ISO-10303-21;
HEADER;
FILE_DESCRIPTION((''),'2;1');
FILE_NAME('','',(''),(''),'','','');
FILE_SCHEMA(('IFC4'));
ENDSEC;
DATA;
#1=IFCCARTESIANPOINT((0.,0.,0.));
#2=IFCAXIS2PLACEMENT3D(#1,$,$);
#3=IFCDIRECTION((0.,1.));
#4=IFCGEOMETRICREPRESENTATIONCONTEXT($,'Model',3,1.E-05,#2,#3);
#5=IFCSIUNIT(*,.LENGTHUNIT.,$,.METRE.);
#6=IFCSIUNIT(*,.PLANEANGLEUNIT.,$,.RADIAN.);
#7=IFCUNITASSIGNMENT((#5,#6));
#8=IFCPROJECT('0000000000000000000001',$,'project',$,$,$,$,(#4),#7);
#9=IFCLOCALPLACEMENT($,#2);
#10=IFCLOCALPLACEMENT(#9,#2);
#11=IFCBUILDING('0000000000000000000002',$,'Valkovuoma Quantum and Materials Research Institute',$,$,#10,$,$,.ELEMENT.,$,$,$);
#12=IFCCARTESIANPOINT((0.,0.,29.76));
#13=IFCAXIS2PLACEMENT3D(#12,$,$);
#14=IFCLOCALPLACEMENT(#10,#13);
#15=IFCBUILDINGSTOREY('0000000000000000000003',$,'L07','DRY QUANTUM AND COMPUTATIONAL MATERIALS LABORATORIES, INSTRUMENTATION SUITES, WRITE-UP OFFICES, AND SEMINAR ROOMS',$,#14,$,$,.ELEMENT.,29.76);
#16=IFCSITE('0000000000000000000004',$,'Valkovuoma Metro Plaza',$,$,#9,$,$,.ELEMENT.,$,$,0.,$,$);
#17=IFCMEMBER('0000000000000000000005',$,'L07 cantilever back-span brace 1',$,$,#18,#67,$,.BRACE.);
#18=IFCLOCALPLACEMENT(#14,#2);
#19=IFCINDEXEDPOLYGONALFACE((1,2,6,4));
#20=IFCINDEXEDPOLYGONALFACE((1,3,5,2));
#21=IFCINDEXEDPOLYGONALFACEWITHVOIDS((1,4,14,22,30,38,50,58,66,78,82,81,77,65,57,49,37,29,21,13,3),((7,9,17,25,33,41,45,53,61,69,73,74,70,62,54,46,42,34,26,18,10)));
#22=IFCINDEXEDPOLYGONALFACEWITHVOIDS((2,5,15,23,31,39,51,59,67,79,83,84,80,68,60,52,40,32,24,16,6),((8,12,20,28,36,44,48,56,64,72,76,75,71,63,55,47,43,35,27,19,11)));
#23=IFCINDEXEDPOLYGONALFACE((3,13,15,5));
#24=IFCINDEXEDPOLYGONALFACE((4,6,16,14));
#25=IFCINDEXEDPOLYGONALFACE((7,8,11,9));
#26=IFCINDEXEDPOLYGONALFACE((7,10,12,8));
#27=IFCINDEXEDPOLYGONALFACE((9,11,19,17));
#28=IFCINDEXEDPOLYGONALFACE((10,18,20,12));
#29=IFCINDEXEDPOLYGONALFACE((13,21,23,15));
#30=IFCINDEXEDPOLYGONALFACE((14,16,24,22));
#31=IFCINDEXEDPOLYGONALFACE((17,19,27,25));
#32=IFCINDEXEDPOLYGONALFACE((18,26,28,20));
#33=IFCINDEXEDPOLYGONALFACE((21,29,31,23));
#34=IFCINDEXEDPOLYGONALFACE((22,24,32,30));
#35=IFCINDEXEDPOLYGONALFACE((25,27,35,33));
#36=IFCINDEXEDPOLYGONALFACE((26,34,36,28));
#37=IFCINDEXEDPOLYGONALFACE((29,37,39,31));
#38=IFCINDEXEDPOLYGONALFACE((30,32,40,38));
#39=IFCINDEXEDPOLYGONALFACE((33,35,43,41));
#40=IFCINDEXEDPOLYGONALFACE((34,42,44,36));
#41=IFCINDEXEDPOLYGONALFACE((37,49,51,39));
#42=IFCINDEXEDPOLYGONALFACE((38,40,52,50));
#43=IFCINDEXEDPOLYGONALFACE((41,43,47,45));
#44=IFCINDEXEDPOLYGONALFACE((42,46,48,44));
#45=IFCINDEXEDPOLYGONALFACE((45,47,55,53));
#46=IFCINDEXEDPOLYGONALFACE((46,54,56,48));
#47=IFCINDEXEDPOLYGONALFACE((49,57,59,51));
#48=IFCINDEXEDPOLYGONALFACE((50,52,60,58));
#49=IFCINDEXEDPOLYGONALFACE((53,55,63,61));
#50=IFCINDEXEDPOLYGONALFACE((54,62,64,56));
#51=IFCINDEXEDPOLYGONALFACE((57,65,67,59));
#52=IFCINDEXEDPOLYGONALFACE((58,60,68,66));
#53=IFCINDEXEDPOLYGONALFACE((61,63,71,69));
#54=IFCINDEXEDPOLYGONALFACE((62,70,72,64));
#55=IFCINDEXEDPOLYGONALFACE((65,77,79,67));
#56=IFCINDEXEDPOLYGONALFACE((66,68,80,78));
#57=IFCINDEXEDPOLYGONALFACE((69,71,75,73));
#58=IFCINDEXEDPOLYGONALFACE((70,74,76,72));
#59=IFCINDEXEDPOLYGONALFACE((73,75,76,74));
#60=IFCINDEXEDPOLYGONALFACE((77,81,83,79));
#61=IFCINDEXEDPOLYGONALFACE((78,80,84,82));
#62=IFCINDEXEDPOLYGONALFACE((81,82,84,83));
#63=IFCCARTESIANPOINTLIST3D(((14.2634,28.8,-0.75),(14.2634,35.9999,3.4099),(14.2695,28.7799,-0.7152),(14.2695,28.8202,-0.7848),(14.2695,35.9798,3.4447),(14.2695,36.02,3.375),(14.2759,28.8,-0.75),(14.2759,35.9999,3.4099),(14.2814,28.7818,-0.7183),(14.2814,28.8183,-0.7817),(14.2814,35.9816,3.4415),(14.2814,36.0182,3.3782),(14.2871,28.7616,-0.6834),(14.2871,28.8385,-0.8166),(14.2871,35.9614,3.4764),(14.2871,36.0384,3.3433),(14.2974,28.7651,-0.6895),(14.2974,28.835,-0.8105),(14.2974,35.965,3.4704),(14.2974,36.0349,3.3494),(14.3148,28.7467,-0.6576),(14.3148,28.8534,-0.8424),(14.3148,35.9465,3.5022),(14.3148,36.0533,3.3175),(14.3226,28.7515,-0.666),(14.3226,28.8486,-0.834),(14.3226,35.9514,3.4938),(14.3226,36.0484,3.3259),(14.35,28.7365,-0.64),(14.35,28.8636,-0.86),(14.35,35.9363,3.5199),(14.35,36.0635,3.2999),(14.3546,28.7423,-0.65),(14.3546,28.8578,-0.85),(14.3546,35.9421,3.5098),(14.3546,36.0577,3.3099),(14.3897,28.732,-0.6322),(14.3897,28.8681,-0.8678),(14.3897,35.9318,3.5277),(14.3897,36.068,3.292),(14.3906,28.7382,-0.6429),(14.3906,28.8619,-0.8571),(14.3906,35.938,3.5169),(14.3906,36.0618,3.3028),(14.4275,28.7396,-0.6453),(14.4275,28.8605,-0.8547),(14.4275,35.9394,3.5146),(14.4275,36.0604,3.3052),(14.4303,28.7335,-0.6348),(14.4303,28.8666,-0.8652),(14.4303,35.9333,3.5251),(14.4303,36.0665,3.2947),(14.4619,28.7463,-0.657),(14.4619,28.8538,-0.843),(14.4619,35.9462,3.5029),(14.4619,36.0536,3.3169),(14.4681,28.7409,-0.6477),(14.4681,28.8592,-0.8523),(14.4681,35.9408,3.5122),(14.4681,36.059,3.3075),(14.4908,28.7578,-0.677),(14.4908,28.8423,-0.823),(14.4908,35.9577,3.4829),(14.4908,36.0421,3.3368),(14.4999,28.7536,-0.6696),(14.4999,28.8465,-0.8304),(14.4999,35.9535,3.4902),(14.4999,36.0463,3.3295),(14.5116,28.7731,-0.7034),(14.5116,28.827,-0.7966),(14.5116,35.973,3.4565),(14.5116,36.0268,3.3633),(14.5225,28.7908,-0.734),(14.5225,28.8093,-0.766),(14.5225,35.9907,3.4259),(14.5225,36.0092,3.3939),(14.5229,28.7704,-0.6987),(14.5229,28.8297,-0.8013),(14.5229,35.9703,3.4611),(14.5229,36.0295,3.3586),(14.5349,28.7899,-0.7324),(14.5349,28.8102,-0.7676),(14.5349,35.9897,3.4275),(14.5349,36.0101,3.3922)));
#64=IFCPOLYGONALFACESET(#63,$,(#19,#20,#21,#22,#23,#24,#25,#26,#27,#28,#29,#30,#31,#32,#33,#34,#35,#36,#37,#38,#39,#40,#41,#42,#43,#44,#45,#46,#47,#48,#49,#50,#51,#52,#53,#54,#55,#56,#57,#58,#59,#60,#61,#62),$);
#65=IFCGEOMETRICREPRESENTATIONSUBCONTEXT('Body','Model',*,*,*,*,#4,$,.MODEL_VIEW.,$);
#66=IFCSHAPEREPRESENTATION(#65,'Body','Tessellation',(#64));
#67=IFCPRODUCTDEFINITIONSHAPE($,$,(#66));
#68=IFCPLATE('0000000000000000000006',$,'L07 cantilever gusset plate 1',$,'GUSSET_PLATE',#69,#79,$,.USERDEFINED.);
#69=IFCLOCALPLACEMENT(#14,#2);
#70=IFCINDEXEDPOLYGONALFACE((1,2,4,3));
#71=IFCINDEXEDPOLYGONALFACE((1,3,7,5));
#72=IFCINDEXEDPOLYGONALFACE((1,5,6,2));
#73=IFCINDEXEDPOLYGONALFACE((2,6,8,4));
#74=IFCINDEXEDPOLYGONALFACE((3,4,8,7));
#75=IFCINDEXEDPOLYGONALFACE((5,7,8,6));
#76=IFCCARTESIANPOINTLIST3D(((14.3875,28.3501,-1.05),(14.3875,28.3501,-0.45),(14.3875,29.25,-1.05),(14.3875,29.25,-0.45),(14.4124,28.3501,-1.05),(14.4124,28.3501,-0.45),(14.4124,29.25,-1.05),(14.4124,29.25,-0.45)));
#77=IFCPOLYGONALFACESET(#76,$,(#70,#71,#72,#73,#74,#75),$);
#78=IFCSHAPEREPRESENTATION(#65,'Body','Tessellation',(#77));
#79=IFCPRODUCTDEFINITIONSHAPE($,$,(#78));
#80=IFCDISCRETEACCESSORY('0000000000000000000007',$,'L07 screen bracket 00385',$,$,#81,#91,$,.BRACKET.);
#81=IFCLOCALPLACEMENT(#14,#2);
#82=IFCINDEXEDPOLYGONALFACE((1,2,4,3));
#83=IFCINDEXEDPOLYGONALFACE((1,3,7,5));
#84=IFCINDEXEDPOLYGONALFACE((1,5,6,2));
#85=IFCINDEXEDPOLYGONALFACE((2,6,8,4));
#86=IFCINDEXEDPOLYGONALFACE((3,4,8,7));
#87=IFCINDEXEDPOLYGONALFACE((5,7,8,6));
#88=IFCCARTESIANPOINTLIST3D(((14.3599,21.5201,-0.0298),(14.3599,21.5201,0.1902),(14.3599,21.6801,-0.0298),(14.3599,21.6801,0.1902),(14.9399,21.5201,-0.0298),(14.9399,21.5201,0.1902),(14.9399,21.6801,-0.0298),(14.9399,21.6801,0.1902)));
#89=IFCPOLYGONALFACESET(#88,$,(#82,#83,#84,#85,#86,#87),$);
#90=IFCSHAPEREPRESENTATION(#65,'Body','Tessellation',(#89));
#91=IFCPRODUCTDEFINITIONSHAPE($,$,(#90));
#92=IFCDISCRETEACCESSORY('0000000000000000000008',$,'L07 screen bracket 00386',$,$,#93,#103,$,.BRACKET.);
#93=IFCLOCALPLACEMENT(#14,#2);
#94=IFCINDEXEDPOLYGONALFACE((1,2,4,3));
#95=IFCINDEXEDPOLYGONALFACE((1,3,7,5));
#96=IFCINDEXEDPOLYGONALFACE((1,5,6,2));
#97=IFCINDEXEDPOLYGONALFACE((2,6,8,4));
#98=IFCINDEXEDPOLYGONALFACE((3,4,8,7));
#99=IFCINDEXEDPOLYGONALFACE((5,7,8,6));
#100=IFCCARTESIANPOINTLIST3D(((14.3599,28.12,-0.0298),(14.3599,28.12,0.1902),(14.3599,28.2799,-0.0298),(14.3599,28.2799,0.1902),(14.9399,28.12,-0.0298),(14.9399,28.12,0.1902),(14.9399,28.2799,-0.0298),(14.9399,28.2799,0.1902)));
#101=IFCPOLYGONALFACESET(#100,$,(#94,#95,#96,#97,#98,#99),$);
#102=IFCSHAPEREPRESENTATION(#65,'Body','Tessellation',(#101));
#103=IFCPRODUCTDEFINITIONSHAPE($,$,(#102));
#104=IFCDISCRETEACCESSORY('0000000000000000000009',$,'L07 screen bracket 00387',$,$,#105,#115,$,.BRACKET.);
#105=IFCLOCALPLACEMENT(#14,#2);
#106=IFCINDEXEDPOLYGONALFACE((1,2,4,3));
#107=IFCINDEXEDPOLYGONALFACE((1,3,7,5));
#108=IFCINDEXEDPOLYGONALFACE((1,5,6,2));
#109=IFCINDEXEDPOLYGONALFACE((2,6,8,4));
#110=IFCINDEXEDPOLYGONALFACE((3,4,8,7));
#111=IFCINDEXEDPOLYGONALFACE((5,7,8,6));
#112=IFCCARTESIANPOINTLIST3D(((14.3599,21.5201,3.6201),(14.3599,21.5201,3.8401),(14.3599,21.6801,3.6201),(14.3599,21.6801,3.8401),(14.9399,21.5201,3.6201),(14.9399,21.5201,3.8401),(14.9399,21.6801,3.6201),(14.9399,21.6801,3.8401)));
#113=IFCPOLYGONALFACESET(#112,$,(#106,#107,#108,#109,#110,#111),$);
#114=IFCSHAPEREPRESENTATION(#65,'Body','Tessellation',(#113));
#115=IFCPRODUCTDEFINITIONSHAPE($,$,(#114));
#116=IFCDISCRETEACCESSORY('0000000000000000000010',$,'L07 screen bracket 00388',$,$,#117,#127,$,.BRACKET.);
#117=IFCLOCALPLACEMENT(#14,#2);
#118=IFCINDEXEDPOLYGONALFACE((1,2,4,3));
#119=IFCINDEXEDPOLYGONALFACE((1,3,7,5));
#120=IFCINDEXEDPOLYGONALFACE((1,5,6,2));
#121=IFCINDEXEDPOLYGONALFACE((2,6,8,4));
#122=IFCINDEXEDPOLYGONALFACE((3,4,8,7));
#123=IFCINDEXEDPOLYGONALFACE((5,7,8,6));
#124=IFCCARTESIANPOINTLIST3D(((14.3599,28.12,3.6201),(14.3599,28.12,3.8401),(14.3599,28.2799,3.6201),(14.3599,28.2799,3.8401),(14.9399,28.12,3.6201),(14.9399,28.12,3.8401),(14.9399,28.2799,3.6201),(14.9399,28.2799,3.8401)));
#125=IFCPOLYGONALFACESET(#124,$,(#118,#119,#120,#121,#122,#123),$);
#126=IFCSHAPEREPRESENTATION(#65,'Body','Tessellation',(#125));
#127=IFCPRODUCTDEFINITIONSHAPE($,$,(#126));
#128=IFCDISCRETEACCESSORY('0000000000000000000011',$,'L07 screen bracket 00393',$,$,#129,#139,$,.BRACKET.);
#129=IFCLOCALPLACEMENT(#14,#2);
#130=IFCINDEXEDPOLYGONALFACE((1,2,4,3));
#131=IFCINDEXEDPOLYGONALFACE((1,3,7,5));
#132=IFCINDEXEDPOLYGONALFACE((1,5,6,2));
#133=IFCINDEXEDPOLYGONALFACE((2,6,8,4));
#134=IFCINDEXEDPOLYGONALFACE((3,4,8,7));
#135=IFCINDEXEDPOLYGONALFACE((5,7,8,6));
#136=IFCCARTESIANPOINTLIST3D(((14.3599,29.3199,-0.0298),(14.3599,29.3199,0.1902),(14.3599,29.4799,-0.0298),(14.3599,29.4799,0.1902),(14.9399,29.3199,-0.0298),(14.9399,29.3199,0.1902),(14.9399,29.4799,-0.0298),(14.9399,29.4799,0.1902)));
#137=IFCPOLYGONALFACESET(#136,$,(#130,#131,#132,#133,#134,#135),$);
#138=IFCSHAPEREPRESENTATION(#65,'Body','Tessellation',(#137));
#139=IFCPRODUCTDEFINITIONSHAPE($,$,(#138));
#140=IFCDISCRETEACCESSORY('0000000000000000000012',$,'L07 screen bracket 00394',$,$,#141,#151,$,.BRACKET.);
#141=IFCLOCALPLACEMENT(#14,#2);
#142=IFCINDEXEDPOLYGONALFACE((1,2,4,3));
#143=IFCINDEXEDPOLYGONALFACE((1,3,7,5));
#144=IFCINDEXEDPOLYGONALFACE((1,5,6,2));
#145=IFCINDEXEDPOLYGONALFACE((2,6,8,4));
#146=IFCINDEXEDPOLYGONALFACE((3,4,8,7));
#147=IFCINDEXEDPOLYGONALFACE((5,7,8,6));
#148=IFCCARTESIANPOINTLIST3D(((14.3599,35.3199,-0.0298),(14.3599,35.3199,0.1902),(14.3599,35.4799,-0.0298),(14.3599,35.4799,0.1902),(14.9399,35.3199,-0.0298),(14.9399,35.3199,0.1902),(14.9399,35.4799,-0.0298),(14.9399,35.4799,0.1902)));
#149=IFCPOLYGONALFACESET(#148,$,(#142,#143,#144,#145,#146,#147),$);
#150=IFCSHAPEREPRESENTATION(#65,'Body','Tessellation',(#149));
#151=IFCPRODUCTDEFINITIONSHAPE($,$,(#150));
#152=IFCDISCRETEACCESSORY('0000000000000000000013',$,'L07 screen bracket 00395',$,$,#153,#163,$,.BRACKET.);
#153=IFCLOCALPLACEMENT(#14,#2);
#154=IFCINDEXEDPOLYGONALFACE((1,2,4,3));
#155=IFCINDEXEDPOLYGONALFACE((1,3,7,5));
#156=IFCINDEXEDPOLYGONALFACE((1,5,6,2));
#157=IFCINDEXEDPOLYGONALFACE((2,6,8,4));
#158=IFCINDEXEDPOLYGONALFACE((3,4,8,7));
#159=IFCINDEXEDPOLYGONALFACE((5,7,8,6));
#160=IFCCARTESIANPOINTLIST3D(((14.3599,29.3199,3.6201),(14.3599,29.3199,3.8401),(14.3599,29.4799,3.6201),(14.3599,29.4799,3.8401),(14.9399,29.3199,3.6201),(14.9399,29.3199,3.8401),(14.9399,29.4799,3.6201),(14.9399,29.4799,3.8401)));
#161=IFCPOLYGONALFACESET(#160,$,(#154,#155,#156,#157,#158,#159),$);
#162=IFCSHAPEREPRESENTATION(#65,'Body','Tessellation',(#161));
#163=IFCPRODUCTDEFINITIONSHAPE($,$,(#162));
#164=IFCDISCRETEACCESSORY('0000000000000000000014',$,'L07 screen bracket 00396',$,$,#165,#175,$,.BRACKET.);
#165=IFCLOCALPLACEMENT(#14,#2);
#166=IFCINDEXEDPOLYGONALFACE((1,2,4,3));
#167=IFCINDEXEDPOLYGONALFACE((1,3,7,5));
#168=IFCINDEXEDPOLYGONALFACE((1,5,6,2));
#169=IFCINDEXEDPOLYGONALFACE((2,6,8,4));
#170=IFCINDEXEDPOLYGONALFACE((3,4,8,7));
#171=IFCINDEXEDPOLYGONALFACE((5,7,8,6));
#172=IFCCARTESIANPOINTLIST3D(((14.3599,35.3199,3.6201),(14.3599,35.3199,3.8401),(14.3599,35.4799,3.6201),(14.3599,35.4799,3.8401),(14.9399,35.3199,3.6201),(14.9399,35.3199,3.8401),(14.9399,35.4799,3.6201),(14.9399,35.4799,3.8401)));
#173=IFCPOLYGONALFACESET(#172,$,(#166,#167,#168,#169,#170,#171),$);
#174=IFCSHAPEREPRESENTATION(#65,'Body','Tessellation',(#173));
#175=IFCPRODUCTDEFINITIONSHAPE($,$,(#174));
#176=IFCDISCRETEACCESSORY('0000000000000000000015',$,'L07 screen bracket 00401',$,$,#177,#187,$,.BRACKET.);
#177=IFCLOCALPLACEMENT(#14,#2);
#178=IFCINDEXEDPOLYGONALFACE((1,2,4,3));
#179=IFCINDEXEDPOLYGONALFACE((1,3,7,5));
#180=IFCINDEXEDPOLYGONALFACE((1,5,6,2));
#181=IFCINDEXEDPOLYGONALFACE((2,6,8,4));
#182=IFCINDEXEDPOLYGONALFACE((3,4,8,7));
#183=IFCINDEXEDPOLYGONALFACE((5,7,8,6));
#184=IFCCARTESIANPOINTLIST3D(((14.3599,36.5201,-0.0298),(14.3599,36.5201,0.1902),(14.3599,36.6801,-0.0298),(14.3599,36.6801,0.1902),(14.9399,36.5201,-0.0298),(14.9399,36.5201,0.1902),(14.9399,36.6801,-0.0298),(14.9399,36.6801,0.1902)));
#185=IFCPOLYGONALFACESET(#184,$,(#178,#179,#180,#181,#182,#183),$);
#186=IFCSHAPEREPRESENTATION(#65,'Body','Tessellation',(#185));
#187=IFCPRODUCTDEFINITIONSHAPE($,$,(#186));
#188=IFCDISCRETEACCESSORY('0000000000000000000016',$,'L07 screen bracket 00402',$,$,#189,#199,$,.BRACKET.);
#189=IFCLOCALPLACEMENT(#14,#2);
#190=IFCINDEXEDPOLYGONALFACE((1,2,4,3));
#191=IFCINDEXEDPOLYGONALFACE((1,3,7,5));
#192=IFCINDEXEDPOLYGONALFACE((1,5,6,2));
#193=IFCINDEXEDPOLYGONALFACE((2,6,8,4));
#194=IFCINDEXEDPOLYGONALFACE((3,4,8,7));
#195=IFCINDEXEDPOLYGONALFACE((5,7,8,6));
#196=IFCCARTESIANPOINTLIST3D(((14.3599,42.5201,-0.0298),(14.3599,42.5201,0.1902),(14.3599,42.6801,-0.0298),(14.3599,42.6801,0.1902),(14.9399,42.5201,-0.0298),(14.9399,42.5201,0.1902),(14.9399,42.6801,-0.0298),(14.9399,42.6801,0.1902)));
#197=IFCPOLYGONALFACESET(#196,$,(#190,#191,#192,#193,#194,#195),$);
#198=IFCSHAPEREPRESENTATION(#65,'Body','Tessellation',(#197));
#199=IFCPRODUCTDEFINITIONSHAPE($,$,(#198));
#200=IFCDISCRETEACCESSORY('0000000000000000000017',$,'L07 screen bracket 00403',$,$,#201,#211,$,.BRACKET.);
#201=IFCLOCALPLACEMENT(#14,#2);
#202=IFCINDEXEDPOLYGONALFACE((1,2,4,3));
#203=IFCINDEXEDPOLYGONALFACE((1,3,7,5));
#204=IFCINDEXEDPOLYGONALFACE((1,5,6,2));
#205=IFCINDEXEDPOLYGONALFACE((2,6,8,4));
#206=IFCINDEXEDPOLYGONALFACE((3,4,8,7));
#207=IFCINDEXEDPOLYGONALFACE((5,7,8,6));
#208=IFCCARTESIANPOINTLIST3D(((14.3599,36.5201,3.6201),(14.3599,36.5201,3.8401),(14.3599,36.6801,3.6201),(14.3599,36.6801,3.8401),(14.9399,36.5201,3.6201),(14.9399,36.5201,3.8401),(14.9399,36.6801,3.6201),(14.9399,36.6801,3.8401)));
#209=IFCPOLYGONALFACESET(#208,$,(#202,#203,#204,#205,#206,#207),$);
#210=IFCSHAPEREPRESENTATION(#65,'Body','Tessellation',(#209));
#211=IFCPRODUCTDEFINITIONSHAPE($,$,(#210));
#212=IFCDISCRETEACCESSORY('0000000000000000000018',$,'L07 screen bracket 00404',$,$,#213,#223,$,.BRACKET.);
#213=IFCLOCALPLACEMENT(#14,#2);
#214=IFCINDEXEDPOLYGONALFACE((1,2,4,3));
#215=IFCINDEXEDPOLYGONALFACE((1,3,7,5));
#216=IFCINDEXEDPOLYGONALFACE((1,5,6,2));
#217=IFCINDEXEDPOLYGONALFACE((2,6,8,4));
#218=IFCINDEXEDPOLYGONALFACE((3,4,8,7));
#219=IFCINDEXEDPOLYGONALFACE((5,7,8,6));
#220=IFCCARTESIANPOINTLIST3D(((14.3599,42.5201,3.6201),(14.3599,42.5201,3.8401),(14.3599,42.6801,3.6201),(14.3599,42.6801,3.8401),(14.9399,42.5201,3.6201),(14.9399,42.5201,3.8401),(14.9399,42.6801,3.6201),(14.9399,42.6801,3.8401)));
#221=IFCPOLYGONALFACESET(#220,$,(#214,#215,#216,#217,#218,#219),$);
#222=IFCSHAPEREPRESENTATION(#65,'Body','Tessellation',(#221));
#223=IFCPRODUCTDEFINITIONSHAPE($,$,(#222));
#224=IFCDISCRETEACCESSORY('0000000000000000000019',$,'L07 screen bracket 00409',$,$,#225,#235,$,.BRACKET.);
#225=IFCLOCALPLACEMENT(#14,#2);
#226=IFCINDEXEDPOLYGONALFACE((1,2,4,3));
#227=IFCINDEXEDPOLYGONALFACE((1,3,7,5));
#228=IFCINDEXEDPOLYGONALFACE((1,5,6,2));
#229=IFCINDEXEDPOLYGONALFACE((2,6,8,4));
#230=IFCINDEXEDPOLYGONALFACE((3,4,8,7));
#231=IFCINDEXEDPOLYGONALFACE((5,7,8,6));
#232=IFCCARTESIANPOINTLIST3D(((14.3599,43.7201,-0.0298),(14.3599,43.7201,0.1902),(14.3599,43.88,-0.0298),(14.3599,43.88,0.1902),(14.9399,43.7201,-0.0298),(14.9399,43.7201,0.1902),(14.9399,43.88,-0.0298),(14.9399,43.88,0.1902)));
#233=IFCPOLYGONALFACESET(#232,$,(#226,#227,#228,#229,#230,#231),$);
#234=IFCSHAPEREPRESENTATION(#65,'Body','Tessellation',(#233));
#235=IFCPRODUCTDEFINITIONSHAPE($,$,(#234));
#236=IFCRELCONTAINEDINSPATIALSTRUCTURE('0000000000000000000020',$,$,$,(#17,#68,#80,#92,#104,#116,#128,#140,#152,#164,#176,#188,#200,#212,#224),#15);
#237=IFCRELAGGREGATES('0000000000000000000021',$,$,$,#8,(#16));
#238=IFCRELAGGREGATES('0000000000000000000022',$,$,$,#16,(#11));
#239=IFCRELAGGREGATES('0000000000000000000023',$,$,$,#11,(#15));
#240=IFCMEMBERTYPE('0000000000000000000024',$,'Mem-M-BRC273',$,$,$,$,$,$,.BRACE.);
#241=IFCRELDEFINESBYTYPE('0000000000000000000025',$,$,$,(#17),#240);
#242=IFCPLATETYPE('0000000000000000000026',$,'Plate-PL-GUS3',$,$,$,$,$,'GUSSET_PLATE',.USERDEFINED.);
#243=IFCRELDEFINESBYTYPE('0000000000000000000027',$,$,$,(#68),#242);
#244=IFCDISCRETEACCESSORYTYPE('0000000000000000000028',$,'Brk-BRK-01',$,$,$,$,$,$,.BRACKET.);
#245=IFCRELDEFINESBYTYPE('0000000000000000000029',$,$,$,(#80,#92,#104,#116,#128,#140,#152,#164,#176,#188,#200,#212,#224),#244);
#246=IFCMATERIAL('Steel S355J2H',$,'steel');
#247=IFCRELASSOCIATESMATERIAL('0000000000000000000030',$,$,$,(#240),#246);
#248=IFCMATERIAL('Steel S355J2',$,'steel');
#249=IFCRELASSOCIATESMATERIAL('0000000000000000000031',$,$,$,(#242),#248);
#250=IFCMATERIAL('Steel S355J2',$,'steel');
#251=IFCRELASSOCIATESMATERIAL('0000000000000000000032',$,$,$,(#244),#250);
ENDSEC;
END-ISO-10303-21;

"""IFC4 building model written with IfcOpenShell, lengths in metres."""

from ifc_helpers import new_model, si_unit, direction, frame, origin, origin_2d, place, context, subcontext, project, spatial, rectangle, hollow_circle, extrude, material, material_profile, profile_set, type_object, element, save


model = new_model("IFC4")

# Units and contexts
model_context = context("Model", 3, precision=1e-05, world=origin(), true_north=direction((0.0, 1.0)))
body_context = subcontext(model_context, "Body", "Model", "MODEL_VIEW")
ifc_project = project(units=[si_unit("LENGTHUNIT", "METRE"), si_unit("PLANEANGLEUNIT", "RADIAN")], contexts=[model_context])

# Site, building, storey
site_placement = place(None, origin())
site = spatial("IfcSite", under=ifc_project, at=site_placement, Name="Valkovuoma Metro Plaza", CompositionType="ELEMENT", RefElevation=0.0)
building_placement = place(site_placement, origin())
building = spatial("IfcBuilding", under=site, at=building_placement, Name="Valkovuoma Quantum and Materials Research Institute", CompositionType="ELEMENT")
storey_placement = place(building_placement, frame((0.0, 0.0, 29.76)))
storey = spatial("IfcBuildingStorey", under=building, at=storey_placement, Name="L07", Description="DRY QUANTUM AND COMPUTATIONAL MATERIALS LABORATORIES, INSTRUMENTATION SUITES, WRITE-UP OFFICES, AND SEMINAR ROOMS", CompositionType="ELEMENT", Elevation=29.76)

# Member
ifc_material_1 = material(Name="Steel S355J2H", Category="steel")
ifc_material_profile = material_profile(ifc_material_1, hollow_circle(Radius=0.1365, WallThickness=0.0125, at=origin_2d()), Name="Steel S355J2H")
ifc_profile_set = profile_set([ifc_material_profile], Name="Steel S355J2H")
member_type = type_object("IfcMemberType", Name="Mem-M-BRC273", PredefinedType="BRACE", material=ifc_profile_set)
member_placement = place(storey_placement, frame((14.3999, 28.8, -0.75), z_axis=(0.0, 0.865868, 0.500272), x_axis=(-1.0, 0.0, 0.0)))
element("IfcMember", 1, at=member_placement, inside=storey, type_object=member_type, Name="L07 cantilever back-span brace 1", PredefinedType="BRACE", context=body_context, shape_type="SweptSolid", body=[
    extrude(hollow_circle(Radius=0.1365, WallThickness=0.0125, at=origin_2d()), origin(), (0.0, 0.0, 1.0), 8.3152),
])

# Plate
ifc_material_2 = material(Name="Steel S355J2", Category="steel")
plate_type = type_object("IfcPlateType", Name="Plate-PL-GUS3", ElementType="GUSSET_PLATE", PredefinedType="USERDEFINED", material=ifc_material_2)
plate_placement = place(storey_placement, frame((14.3999, 28.8, -1.05), z_axis=(0.0, 0.0, 1.0), x_axis=(0.0, 1.0, 0.0)))
element("IfcPlate", 2, at=plate_placement, inside=storey, type_object=plate_type, Name="L07 cantilever gusset plate 1", ObjectType="GUSSET_PLATE", PredefinedType="USERDEFINED", context=body_context, shape_type="SweptSolid", body=[
    extrude(rectangle(XDim=0.8999, YDim=0.0249, at=origin_2d()), origin(), (0.0, 0.0, 1.0), 0.6001),
])

# Discrete accessories
ifc_material_3 = material(Name="Steel S355J2", Category="steel")
discrete_accessory_type_1 = type_object("IfcDiscreteAccessoryType", Name="Brk-BRK-01", PredefinedType="BRACKET", material=ifc_material_3)
for number, where, z_axis, x_axis, name in (
    (3, (14.6499, 21.6001, -0.0298), (0.0, 0.0, 1.0), (1.0, 0.0, 0.0), "L07 screen bracket 00385"),
    (4, (14.6499, 28.2, -0.0298), (0.0, 0.0, 1.0), (1.0, 0.0, 0.0), "L07 screen bracket 00386"),
    (5, (14.6499, 21.6001, 3.6201), (0.0, 0.0, 1.0), (1.0, 0.0, 0.0), "L07 screen bracket 00387"),
    (6, (14.6499, 28.2, 3.6201), (0.0, 0.0, 1.0), (1.0, 0.0, 0.0), "L07 screen bracket 00388"),
    (7, (14.6499, 29.3999, -0.0298), (0.0, 0.0, 1.0), (1.0, 0.0, 0.0), "L07 screen bracket 00393"),
    (8, (14.6499, 35.3999, -0.0298), (0.0, 0.0, 1.0), (1.0, 0.0, 0.0), "L07 screen bracket 00394"),
    (9, (14.6499, 29.3999, 3.6201), (0.0, 0.0, 1.0), (1.0, 0.0, 0.0), "L07 screen bracket 00395"),
    (10, (14.6499, 35.3999, 3.6201), (0.0, 0.0, 1.0), (1.0, 0.0, 0.0), "L07 screen bracket 00396"),
    (11, (14.6499, 36.6001, -0.0298), (0.0, 0.0, 1.0), (1.0, 0.0, 0.0), "L07 screen bracket 00401"),
    (12, (14.6499, 42.6001, -0.0298), (0.0, 0.0, 1.0), (1.0, 0.0, 0.0), "L07 screen bracket 00402"),
    (13, (14.6499, 36.6001, 3.6201), (0.0, 0.0, 1.0), (1.0, 0.0, 0.0), "L07 screen bracket 00403"),
    (14, (14.6499, 42.6001, 3.6201), (0.0, 0.0, 1.0), (1.0, 0.0, 0.0), "L07 screen bracket 00404"),
    (15, (14.6499, 43.8, -0.0298), (0.0, 0.0, 1.0), (1.0, 0.0, 0.0), "L07 screen bracket 00409"),
):
    element("IfcDiscreteAccessory", number, at=place(storey_placement, frame(where, z_axis=z_axis, x_axis=x_axis)), inside=storey, type_object=discrete_accessory_type_1, Name=name, PredefinedType="BRACKET", context=body_context, shape_type="SweptSolid", body=[
        extrude(rectangle(XDim=0.5801, YDim=0.1599, at=origin_2d()), origin(), (0.0, 0.0, 1.0), 0.22),
    ])

save(model, "model.ifc")
